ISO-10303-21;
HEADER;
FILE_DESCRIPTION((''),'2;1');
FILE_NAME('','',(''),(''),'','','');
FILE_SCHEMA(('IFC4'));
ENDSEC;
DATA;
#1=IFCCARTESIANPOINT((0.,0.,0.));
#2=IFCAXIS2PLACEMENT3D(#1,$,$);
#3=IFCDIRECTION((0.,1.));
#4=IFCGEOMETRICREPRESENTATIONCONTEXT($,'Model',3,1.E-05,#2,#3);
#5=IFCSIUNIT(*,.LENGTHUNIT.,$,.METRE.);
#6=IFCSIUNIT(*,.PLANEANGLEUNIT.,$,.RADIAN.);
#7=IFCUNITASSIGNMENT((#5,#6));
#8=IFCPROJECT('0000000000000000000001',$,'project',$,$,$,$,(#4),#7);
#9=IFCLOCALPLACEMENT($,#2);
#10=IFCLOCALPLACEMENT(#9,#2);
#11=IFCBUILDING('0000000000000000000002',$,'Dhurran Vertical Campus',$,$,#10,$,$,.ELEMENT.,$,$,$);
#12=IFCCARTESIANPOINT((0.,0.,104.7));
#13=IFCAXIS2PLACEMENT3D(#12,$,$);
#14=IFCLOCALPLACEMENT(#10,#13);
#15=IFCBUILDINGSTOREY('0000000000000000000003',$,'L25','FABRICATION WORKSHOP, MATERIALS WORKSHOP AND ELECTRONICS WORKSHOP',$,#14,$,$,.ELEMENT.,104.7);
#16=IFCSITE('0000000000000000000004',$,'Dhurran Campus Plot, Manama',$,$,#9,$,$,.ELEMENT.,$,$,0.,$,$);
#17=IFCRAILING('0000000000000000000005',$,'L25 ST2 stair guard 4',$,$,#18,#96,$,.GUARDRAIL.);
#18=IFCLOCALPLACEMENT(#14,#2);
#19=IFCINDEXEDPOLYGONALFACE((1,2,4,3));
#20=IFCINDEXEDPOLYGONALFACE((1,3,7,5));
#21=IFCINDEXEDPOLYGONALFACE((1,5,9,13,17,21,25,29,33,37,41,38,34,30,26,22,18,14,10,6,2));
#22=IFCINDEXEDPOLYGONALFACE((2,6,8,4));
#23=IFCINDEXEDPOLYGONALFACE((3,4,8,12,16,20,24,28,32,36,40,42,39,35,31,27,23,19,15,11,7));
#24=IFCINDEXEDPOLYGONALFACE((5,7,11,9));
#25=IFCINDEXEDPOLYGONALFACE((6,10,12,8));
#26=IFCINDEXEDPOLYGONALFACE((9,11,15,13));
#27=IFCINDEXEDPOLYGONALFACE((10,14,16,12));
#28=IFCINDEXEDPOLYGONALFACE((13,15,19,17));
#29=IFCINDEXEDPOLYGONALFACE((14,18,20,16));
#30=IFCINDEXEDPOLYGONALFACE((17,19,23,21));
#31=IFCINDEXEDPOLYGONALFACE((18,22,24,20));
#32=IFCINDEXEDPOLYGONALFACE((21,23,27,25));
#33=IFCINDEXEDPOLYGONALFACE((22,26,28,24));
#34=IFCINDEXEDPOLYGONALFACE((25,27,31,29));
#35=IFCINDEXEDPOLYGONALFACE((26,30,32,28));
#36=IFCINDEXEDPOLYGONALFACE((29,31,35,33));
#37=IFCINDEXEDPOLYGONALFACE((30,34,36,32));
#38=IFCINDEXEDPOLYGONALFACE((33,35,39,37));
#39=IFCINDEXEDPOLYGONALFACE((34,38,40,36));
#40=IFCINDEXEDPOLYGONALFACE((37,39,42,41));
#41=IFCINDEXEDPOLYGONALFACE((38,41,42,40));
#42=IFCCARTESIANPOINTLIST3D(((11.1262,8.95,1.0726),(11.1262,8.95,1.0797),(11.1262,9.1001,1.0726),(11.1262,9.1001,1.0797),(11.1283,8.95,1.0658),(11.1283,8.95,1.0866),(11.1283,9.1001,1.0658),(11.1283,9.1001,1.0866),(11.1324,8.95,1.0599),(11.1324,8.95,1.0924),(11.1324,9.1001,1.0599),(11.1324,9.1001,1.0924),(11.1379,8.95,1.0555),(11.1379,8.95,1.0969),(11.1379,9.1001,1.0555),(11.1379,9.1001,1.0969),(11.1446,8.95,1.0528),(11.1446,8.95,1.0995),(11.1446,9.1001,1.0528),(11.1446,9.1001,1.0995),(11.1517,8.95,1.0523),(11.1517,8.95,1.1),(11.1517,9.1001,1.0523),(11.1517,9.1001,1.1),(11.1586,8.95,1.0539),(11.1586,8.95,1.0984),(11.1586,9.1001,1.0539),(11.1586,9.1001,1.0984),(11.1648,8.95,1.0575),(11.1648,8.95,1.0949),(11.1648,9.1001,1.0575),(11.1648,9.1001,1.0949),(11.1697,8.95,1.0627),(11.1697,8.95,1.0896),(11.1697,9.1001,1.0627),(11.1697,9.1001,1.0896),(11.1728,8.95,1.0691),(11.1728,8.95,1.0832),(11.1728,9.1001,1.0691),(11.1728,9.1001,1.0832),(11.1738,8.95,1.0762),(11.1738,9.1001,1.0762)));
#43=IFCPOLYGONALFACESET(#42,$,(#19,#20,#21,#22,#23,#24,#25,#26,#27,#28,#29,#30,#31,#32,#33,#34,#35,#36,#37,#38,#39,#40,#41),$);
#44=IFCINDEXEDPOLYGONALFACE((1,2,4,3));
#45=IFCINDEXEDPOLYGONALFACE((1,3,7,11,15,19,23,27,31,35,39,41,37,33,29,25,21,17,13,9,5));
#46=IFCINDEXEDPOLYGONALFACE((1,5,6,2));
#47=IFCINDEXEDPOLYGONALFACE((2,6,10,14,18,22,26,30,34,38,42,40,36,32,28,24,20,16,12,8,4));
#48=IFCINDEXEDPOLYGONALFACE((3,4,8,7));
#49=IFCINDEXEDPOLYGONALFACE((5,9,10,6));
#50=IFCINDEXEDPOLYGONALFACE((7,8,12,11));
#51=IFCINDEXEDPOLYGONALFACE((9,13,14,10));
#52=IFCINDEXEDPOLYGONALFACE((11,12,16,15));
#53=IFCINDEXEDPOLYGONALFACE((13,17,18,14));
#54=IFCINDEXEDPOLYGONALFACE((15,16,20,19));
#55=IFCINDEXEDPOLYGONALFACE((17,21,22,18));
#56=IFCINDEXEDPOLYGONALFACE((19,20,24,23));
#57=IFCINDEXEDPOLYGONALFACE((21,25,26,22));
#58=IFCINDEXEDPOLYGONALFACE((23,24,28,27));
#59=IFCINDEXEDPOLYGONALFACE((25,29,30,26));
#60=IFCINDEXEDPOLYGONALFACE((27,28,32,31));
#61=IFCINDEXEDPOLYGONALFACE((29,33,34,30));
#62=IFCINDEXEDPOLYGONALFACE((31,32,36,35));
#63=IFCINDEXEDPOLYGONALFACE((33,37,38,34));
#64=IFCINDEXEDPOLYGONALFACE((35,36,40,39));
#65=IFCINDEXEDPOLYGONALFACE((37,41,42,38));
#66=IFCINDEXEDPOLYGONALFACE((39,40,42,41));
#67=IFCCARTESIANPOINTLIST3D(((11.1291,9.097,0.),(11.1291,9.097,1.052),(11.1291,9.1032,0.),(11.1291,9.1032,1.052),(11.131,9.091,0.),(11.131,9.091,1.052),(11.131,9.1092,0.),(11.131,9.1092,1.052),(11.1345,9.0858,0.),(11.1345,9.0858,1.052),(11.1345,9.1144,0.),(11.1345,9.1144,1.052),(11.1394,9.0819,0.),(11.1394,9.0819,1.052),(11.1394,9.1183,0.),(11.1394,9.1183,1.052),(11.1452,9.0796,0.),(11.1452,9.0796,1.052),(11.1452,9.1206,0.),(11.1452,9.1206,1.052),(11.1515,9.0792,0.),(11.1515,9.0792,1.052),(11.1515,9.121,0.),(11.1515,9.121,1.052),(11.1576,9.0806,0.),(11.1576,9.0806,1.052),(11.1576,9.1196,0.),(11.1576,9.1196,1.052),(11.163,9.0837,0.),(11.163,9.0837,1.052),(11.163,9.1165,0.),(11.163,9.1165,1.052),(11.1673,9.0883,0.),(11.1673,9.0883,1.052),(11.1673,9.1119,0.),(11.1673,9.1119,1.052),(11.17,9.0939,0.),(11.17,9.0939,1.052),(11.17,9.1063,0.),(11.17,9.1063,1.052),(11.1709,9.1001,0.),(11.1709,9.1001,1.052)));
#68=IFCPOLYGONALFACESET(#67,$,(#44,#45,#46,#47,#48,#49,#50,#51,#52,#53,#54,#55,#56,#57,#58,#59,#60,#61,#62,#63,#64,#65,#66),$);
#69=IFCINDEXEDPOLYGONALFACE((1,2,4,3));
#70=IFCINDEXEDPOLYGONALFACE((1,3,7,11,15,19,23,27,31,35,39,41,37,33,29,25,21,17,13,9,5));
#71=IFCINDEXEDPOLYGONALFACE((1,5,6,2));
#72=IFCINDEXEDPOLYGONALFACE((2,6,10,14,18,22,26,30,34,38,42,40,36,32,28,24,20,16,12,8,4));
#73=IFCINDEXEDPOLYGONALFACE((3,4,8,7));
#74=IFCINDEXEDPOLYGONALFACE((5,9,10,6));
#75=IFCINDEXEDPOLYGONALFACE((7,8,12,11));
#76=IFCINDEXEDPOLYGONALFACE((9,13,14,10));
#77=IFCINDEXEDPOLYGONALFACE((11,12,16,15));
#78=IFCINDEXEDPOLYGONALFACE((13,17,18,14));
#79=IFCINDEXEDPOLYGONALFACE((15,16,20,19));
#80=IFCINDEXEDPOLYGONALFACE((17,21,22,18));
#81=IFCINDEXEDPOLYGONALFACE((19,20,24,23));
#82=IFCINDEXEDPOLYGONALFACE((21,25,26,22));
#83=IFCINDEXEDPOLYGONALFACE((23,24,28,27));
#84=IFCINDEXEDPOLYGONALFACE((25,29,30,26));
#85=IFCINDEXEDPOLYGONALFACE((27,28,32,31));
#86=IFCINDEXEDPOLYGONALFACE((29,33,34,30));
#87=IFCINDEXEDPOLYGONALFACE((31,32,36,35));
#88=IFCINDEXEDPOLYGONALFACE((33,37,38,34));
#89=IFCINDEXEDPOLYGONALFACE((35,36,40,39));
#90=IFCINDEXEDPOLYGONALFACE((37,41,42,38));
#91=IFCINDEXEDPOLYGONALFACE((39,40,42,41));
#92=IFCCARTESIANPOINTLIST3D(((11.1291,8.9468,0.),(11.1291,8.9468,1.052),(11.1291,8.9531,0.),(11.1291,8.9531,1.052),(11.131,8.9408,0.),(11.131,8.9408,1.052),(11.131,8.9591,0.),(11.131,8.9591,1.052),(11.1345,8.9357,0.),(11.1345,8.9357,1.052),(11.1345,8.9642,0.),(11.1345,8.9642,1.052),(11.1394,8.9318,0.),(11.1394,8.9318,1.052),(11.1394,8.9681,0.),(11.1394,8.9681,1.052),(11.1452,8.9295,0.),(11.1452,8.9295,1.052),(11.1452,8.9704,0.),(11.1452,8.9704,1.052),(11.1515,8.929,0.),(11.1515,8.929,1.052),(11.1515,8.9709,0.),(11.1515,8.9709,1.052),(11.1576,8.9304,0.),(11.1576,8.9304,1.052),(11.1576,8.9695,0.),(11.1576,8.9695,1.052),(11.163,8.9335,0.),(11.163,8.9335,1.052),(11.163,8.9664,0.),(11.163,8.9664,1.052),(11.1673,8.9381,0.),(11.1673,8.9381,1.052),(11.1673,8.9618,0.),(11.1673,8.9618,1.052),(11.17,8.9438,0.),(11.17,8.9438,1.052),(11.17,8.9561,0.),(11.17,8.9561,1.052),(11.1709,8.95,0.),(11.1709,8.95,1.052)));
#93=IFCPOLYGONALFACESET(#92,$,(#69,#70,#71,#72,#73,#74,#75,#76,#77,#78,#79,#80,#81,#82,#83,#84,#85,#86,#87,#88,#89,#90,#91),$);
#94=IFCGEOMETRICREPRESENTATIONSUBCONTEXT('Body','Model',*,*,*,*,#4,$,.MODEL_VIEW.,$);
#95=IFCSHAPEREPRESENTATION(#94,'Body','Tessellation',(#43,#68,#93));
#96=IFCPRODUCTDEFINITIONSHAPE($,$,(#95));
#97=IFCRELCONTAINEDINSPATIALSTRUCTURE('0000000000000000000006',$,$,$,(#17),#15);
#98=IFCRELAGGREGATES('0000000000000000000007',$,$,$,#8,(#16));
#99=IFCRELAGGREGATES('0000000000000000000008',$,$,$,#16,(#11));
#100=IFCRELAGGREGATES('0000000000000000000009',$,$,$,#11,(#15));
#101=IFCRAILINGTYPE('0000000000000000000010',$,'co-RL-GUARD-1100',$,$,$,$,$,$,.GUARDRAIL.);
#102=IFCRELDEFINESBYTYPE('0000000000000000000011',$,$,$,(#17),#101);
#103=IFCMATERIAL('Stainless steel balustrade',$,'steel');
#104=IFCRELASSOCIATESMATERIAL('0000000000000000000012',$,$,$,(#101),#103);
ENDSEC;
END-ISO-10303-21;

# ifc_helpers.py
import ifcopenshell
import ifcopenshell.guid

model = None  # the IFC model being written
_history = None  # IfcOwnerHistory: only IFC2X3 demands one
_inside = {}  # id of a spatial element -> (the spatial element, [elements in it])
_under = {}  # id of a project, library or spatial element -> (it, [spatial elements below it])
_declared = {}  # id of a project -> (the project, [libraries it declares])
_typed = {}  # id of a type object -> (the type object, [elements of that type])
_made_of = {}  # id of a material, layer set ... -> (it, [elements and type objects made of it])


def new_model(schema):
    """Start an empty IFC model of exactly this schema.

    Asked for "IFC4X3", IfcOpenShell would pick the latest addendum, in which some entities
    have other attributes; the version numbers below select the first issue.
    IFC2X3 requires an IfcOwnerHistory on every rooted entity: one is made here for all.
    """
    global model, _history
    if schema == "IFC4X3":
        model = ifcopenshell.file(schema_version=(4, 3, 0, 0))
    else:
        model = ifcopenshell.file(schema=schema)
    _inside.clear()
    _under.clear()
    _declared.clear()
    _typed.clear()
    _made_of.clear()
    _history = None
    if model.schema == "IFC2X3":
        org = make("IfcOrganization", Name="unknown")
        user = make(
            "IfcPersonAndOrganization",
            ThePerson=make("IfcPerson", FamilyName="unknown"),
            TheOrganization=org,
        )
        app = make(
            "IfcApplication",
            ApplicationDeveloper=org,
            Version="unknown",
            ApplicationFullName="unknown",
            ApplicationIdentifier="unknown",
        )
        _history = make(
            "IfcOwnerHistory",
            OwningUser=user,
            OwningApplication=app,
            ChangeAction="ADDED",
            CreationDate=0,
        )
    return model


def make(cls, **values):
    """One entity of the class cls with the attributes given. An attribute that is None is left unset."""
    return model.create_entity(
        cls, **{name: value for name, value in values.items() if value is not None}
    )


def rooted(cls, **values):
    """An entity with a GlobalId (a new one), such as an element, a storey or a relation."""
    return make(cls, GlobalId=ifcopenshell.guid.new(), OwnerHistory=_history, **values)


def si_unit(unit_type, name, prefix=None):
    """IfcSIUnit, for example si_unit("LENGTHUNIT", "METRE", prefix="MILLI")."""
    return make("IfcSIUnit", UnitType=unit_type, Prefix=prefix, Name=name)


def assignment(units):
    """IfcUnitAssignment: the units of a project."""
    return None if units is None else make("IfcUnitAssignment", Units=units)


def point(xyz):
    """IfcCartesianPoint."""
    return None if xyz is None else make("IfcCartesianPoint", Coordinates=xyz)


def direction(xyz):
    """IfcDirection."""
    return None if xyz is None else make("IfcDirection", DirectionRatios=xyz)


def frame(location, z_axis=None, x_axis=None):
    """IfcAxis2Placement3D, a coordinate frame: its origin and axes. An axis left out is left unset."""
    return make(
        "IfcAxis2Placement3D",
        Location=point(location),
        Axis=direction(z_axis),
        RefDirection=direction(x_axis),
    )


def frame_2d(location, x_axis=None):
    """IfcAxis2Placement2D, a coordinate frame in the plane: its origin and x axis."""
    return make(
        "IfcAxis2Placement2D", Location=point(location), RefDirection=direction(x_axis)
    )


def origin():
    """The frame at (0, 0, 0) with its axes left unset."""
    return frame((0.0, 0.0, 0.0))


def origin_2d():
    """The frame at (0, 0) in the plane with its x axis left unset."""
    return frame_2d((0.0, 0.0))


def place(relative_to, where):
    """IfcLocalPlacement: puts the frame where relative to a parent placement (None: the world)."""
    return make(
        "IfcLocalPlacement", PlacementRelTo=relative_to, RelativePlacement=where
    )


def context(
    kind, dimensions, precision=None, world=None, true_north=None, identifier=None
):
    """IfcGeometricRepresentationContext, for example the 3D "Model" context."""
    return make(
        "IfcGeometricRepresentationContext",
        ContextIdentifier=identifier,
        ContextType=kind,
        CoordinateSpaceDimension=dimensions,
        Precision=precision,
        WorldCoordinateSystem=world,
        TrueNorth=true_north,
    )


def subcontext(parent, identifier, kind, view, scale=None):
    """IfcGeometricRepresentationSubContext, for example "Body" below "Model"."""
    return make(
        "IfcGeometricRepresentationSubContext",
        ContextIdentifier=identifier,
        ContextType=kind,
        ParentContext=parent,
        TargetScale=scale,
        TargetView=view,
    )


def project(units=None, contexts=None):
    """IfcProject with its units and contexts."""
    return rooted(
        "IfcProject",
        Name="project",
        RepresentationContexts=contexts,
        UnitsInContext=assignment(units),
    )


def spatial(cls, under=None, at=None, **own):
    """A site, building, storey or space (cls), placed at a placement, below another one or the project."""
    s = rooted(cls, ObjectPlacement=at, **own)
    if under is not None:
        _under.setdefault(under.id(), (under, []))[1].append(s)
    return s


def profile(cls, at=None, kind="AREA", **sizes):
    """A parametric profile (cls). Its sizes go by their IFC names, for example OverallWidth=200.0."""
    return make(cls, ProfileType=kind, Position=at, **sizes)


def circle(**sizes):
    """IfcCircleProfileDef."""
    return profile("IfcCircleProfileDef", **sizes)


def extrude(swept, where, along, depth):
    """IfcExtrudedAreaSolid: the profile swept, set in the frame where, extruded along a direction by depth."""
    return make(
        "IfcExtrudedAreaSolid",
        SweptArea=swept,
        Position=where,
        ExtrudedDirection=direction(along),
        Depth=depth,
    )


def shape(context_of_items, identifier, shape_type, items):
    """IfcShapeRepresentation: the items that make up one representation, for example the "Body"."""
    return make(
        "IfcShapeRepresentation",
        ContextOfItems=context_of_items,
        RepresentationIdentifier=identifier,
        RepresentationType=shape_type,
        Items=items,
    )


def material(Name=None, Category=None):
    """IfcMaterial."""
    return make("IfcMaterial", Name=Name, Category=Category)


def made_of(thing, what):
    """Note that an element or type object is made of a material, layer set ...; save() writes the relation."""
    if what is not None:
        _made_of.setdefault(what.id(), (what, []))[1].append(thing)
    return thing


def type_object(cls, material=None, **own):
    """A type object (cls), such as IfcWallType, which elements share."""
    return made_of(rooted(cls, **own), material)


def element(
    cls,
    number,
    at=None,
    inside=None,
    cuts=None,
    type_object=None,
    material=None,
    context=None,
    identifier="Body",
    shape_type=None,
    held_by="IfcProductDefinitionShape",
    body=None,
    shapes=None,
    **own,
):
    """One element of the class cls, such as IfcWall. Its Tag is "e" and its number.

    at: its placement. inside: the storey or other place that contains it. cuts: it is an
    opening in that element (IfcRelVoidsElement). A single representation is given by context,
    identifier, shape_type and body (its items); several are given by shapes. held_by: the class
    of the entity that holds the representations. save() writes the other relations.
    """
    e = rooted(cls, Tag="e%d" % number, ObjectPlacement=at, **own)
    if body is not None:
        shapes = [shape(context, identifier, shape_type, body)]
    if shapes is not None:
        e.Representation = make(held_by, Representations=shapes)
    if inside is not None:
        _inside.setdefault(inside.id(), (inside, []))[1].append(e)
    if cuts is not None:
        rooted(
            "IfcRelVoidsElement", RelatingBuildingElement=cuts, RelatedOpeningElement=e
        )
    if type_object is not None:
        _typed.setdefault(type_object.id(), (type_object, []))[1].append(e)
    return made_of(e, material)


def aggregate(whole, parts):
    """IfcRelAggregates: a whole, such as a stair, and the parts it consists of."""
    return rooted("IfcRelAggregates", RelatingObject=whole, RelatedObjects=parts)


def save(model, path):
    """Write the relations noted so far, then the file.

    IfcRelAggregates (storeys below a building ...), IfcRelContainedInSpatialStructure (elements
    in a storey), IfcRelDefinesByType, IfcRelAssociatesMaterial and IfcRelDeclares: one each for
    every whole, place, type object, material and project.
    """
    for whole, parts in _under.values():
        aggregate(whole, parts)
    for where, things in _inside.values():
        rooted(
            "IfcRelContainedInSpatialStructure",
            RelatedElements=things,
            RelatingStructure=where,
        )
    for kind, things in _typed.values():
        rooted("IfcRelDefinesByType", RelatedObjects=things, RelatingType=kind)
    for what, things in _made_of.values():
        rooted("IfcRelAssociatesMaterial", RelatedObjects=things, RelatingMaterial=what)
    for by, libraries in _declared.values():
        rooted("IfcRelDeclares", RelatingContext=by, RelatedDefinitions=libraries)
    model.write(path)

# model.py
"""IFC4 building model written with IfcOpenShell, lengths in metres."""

from ifc_helpers import new_model, si_unit, direction, frame, origin, origin_2d, place, context, subcontext, project, spatial, circle, extrude, material, type_object, element, save


model = new_model("IFC4")

# Units and contexts
model_context = context("Model", 3, precision=1e-05, world=origin(), true_north=direction((0.0, 1.0)))
body_context = subcontext(model_context, "Body", "Model", "MODEL_VIEW")
ifc_project = project(units=[si_unit("LENGTHUNIT", "METRE"), si_unit("PLANEANGLEUNIT", "RADIAN")], contexts=[model_context])

# Site, building, storey
site_placement = place(None, origin())
site = spatial("IfcSite", under=ifc_project, at=site_placement, Name="Dhurran Campus Plot, Manama", CompositionType="ELEMENT", RefElevation=0.0)
building_placement = place(site_placement, origin())
building = spatial("IfcBuilding", under=site, at=building_placement, Name="Dhurran Vertical Campus", CompositionType="ELEMENT")
storey_placement = place(building_placement, frame((0.0, 0.0, 104.7)))
storey = spatial("IfcBuildingStorey", under=building, at=storey_placement, Name="L25", Description="FABRICATION WORKSHOP, MATERIALS WORKSHOP AND ELECTRONICS WORKSHOP", CompositionType="ELEMENT", Elevation=104.7)

# Railing
ifc_material_1 = material(Name="Stainless steel balustrade", Category="steel")
railing_type_1 = type_object("IfcRailingType", Name="co-RL-GUARD-1100", PredefinedType="GUARDRAIL", material=ifc_material_1)
railing_1_placement = place(storey_placement, frame((11.1499, 9.1001, 0.0)))
element("IfcRailing", 1, at=railing_1_placement, inside=storey, type_object=railing_type_1, Name="L25 ST2 stair guard 4", PredefinedType="GUARDRAIL", context=body_context, shape_type="SweptSolid", body=[
    extrude(circle(Radius=0.0239, at=origin_2d()), frame((0.0, 0.0, 1.0762), z_axis=(0.0, -1.0, 0.0), x_axis=(1.0, 0.0, 0.0)), (0.0, 0.0, 1.0), 0.1501),
    extrude(circle(Radius=0.021, at=origin_2d()), origin(), (0.0, 0.0, 1.0), 1.052),
    extrude(circle(Radius=0.021, at=origin_2d()), frame((0.0, -0.1501, 0.0)), (0.0, 0.0, 1.0), 1.052),
])

save(model, "model.ifc")
